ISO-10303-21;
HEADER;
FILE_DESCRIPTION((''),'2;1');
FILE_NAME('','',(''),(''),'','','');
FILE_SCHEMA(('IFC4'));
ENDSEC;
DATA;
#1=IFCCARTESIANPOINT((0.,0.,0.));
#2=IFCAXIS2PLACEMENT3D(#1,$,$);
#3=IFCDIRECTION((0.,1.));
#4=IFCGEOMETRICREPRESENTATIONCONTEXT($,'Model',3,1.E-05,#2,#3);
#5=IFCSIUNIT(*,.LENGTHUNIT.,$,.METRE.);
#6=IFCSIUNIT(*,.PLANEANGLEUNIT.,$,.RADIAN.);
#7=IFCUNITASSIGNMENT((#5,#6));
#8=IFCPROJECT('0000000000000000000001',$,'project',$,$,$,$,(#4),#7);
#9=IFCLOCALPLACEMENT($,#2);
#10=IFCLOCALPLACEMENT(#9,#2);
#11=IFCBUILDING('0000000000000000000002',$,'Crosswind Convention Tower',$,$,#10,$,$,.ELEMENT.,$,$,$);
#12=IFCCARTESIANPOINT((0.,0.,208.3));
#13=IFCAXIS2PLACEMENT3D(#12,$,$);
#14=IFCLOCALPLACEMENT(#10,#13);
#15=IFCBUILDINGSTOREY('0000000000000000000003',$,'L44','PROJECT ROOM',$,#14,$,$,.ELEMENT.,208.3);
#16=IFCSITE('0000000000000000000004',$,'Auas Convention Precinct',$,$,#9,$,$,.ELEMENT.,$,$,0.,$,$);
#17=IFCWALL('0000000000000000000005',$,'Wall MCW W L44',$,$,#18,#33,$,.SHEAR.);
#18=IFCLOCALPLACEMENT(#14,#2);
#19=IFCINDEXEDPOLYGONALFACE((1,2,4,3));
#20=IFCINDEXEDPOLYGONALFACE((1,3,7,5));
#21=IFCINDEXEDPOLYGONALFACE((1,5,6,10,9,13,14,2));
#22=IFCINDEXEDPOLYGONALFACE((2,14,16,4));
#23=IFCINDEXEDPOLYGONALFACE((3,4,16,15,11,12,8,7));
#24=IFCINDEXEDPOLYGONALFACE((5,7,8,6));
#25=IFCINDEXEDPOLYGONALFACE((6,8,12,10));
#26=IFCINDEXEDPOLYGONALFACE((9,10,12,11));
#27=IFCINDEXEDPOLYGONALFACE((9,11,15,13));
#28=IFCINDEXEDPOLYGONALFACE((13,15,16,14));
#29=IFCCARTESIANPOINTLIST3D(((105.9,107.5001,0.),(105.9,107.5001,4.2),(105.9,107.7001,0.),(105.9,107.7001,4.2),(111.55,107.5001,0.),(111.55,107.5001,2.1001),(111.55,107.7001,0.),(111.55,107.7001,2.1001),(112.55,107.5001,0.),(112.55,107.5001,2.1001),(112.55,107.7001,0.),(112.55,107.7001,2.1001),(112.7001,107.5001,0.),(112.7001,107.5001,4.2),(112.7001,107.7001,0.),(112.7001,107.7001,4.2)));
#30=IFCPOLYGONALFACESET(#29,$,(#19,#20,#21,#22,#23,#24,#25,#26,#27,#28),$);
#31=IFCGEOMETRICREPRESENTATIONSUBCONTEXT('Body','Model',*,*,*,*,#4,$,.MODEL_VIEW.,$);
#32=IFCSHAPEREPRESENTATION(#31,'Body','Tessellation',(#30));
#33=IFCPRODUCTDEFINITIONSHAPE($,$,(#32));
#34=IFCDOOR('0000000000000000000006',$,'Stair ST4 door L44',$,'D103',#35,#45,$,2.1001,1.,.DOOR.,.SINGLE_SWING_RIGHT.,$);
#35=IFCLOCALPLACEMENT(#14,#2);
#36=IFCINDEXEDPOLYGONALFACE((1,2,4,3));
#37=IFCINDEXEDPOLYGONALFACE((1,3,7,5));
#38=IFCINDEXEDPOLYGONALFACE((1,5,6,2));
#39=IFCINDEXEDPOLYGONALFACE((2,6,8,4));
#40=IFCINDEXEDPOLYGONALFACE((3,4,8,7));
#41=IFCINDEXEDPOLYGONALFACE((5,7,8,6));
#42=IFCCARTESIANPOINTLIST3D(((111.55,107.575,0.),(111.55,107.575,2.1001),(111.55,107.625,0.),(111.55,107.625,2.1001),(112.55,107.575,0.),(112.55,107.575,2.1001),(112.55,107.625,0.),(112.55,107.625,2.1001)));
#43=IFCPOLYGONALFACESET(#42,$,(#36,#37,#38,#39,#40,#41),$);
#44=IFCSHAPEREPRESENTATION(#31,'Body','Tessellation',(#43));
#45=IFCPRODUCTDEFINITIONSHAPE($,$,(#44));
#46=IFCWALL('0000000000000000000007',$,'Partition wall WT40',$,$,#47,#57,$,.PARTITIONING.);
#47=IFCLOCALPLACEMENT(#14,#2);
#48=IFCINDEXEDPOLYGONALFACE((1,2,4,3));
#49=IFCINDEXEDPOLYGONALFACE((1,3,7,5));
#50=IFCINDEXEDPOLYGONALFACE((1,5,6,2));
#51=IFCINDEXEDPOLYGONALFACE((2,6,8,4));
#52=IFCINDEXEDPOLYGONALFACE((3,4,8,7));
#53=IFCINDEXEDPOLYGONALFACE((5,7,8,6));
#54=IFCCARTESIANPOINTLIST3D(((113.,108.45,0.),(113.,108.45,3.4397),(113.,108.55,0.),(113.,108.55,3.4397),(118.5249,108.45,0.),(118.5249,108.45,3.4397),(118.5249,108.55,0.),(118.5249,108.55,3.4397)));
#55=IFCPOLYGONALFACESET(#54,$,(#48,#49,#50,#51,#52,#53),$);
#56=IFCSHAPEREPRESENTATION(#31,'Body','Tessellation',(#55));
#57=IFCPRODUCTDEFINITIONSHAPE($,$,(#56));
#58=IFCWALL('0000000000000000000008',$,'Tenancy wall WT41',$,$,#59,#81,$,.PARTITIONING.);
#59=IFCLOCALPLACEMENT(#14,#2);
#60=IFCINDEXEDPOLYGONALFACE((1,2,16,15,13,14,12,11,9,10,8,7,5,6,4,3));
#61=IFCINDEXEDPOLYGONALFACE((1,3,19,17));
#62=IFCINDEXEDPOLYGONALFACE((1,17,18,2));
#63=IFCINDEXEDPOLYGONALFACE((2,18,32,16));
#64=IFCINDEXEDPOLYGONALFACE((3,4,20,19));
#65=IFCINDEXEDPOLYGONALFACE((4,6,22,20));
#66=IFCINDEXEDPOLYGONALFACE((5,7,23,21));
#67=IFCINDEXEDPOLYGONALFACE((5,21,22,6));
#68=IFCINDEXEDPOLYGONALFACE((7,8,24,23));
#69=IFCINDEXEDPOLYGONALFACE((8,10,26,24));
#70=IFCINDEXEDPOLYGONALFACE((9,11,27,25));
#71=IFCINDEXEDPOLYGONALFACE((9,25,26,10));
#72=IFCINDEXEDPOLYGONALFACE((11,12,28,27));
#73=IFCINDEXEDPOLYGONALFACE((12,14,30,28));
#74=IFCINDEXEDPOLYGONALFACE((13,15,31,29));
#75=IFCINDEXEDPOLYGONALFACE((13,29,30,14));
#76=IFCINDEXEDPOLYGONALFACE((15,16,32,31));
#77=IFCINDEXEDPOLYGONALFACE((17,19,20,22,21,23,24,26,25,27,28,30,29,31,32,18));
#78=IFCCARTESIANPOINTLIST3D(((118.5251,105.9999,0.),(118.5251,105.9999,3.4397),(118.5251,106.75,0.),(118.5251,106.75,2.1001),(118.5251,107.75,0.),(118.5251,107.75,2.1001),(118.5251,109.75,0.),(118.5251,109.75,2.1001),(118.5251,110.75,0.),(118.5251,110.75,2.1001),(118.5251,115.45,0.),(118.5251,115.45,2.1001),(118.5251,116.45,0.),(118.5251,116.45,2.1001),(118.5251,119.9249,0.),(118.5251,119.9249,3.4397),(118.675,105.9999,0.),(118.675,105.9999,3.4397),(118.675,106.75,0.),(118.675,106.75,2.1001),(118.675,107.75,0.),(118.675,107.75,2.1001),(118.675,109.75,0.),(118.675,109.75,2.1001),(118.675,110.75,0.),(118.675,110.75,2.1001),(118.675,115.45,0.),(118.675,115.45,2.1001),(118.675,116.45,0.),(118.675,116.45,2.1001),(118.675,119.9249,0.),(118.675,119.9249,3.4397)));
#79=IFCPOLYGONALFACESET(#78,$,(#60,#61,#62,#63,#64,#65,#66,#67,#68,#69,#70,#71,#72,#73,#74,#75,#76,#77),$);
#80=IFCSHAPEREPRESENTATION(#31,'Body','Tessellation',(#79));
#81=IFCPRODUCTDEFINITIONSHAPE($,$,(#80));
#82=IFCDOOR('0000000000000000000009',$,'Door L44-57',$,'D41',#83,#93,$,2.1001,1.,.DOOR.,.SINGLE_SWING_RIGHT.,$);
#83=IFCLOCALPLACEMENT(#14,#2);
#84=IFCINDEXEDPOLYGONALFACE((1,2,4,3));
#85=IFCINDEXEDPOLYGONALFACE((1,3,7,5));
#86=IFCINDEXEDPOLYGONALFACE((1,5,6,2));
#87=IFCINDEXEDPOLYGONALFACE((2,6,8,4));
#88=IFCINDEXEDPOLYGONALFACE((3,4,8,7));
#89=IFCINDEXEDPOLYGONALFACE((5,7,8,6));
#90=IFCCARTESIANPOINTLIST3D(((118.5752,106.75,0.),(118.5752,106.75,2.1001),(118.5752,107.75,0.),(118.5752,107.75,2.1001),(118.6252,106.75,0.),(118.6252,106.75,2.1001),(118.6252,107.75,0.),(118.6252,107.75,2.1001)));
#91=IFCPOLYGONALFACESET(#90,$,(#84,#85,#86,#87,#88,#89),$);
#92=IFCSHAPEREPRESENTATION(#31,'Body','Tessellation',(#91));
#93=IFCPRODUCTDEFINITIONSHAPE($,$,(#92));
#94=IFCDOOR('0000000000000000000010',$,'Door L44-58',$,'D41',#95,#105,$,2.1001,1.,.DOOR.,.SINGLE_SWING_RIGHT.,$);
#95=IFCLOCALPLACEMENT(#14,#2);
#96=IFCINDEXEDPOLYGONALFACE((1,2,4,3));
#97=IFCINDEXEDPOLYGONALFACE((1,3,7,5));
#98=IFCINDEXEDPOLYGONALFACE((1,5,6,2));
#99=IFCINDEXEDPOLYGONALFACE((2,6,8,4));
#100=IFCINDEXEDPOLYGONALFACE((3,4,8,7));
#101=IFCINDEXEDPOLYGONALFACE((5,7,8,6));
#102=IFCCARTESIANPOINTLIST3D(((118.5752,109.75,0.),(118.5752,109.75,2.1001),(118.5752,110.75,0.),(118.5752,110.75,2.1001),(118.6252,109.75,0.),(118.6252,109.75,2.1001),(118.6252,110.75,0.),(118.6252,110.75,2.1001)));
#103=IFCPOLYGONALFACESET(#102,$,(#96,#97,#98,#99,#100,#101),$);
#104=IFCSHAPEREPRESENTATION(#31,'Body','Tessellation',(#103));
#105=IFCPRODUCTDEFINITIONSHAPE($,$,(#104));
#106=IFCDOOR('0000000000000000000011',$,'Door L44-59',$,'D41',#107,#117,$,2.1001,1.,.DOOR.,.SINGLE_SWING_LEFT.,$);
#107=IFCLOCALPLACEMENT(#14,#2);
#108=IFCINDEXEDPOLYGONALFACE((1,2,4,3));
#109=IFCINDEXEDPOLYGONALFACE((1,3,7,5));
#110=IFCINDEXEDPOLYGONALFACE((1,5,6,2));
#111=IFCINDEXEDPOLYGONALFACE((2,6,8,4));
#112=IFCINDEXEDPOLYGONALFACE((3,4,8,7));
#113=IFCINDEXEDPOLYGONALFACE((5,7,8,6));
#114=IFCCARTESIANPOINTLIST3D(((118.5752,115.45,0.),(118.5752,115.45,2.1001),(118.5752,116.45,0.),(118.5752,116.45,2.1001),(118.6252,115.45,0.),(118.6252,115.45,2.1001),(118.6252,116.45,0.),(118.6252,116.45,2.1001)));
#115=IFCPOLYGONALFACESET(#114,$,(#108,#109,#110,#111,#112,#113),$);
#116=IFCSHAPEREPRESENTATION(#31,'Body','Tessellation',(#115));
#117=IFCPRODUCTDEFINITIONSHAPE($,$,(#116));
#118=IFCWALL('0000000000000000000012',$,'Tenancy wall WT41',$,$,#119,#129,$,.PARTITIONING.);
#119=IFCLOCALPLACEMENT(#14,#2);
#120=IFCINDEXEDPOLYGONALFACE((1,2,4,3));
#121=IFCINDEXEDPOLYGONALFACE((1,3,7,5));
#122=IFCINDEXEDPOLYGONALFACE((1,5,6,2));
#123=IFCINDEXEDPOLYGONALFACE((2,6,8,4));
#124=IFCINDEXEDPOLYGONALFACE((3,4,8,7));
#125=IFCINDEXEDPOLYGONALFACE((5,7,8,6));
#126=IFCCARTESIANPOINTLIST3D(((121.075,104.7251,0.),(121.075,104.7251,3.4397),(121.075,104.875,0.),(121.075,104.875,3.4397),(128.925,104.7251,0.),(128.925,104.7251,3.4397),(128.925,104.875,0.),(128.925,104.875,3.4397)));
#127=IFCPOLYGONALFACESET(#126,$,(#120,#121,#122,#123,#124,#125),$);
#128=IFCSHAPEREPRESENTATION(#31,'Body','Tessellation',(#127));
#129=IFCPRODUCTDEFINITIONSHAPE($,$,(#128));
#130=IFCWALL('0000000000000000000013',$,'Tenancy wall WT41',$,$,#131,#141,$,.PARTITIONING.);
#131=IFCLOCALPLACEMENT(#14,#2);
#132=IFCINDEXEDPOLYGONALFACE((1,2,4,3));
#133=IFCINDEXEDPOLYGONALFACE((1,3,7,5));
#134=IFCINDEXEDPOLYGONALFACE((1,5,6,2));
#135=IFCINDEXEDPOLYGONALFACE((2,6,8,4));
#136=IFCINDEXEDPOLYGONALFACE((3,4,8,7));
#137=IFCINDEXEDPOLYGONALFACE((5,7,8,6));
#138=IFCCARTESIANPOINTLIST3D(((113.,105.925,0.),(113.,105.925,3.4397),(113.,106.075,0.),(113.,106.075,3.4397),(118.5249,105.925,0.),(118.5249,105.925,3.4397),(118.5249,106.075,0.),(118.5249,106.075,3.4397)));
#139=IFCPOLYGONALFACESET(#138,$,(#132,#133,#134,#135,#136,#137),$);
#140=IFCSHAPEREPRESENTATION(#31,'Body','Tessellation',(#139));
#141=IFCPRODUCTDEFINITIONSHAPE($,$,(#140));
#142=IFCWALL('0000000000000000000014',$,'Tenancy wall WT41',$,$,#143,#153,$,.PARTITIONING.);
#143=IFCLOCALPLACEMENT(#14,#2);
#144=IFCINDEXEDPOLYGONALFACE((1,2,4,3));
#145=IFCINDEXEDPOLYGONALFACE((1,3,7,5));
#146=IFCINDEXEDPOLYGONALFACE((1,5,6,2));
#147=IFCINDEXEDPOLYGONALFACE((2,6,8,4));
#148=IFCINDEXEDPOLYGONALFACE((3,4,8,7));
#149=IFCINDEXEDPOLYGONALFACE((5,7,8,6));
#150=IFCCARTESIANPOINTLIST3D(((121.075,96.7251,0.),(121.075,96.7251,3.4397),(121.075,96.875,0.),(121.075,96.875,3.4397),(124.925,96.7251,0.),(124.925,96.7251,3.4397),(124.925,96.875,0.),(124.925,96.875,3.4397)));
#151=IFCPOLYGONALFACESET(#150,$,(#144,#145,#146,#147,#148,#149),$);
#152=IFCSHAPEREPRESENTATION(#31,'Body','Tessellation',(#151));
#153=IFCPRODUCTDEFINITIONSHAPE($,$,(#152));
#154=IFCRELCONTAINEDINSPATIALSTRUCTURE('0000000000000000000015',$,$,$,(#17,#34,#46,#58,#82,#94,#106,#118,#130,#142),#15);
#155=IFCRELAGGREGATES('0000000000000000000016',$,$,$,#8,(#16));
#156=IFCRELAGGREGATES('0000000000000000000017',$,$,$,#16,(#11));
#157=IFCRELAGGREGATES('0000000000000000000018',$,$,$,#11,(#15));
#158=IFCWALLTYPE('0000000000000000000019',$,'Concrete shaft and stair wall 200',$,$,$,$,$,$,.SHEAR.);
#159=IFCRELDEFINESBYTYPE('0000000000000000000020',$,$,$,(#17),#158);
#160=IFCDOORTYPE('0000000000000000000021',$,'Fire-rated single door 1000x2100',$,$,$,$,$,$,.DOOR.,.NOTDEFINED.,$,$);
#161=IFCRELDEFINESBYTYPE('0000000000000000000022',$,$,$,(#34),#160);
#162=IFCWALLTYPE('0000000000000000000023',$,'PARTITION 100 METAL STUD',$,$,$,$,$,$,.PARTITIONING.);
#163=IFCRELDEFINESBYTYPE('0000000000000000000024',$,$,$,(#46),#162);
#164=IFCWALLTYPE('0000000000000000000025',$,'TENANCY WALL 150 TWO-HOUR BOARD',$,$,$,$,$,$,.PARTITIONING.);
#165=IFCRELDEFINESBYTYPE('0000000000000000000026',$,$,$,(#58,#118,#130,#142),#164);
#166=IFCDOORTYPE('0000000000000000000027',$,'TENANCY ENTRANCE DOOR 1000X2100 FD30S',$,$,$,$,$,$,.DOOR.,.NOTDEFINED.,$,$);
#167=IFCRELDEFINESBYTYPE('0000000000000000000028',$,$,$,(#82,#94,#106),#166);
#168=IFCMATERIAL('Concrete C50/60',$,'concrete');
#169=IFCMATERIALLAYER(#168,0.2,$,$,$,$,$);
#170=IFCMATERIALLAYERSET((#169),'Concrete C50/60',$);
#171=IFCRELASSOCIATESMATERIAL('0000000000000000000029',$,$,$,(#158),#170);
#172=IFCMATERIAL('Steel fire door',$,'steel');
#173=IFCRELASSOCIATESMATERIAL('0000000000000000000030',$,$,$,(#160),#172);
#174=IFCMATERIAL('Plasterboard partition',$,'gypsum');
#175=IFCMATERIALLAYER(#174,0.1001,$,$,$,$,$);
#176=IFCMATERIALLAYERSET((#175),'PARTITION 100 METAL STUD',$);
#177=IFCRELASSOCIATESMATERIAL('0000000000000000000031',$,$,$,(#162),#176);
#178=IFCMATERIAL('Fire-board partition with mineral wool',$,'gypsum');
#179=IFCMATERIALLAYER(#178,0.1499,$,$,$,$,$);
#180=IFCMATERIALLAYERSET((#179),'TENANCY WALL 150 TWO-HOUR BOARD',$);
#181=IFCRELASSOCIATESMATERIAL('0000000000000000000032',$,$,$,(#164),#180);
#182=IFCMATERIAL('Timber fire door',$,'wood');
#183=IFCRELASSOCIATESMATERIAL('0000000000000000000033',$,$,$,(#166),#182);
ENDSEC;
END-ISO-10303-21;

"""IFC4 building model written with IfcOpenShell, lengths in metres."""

from ifc_helpers import new_model, si_unit, direction, frame, frame_2d, origin, place, context, subcontext, project, spatial, rectangle, extrude, material, layer, layer_set, type_object, element, fill, save


model = new_model("IFC4")

# Units and contexts
model_context = context("Model", 3, precision=1e-05, world=origin(), true_north=direction((0.0, 1.0)))
body_context = subcontext(model_context, "Body", "Model", "MODEL_VIEW")
ifc_project = project(units=[si_unit("LENGTHUNIT", "METRE"), si_unit("PLANEANGLEUNIT", "RADIAN")], contexts=[model_context])

# Site, building, storey
site_placement = place(None, origin())
site = spatial("IfcSite", under=ifc_project, at=site_placement, Name="Auas Convention Precinct", CompositionType="ELEMENT", RefElevation=0.0)
building_placement = place(site_placement, origin())
building = spatial("IfcBuilding", under=site, at=building_placement, Name="Crosswind Convention Tower", CompositionType="ELEMENT")
storey_placement = place(building_placement, frame((0.0, 0.0, 208.3)))
storey = spatial("IfcBuildingStorey", under=building, at=storey_placement, Name="L44", Description="PROJECT ROOM", CompositionType="ELEMENT", Elevation=208.3)

# Shared definitions
ifc_material_1 = material(Name="Concrete C50/60", Category="concrete")

# Shared definitions
ifc_layer_1 = layer(ifc_material_1, 0.2)
ifc_layer_set_1 = layer_set([ifc_layer_1], Name="Concrete C50/60")
wall_type_1 = type_object("IfcWallType", Name="Concrete shaft and stair wall 200", PredefinedType="SHEAR", material=ifc_layer_set_1)

# Wall, opening, door
ifc_material_2 = material(Name="Steel fire door", Category="steel")
wall_1_placement = place(storey_placement, frame((112.7, 107.6001, 0.0), z_axis=(0.0, 0.0, 1.0), x_axis=(-1.0, 0.0, 0.0)))
wall_1 = element("IfcWall", 1, at=wall_1_placement, inside=storey, type_object=wall_type_1, Name="Wall MCW W L44", PredefinedType="SHEAR", context=body_context, shape_type="SweptSolid", body=[
    extrude(rectangle(XDim=6.8, YDim=0.2, at=frame_2d((3.3999, 0.0))), origin(), (0.0, 0.0, 1.0), 4.2),
])
opening_1_placement = place(wall_1_placement, frame((0.1499, 0.0, 0.0)))
opening_1 = element("IfcOpeningElement", 2, at=opening_1_placement, cuts=wall_1, PredefinedType="OPENING", context=body_context, shape_type="SweptSolid", body=[
    extrude(rectangle(XDim=1.0, YDim=2.1001, at=frame_2d((0.5, 1.05))), frame((0.0, 0.1099, 0.0), z_axis=(0.0, -1.0, 0.0), x_axis=(1.0, 0.0, 0.0)), (0.0, 0.0, 1.0), 0.22),
])
door_type_1 = type_object("IfcDoorType", Name="Fire-rated single door 1000x2100", OperationType="NOTDEFINED", PredefinedType="DOOR", material=ifc_material_2)
door_1_placement = place(opening_1_placement, frame((1.0, 0.0, 0.0), z_axis=(0.0, 0.0, 1.0), x_axis=(-1.0, 0.0, 0.0)))
door_1 = element("IfcDoor", 3, at=door_1_placement, inside=storey, type_object=door_type_1, Name="Stair ST4 door L44", ObjectType="D103", OperationType="SINGLE_SWING_RIGHT", OverallHeight=2.1001, OverallWidth=1.0, PredefinedType="DOOR", context=body_context, shape_type="SweptSolid", body=[
    extrude(rectangle(XDim=1.0, YDim=2.1001, at=frame_2d((0.5, 1.05))), frame((0.0, 0.0249, 0.0), z_axis=(0.0, -1.0, 0.0), x_axis=(1.0, 0.0, 0.0)), (0.0, 0.0, 1.0), 0.05),
])
fill(opening_1, door_1)

# Wall
ifc_material_3 = material(Name="Plasterboard partition", Category="gypsum")
ifc_layer_2 = layer(ifc_material_3, 0.1001)
ifc_layer_set_2 = layer_set([ifc_layer_2], Name="PARTITION 100 METAL STUD")
wall_type_2 = type_object("IfcWallType", Name="PARTITION 100 METAL STUD", PredefinedType="PARTITIONING", material=ifc_layer_set_2)
wall_2_placement = place(storey_placement, frame((113.0, 108.5, 0.0), z_axis=(0.0, 0.0, 1.0), x_axis=(1.0, 0.0, 0.0)))
element("IfcWall", 4, at=wall_2_placement, inside=storey, type_object=wall_type_2, Name="Partition wall WT40", PredefinedType="PARTITIONING", context=body_context, shape_type="SweptSolid", body=[
    extrude(rectangle(XDim=5.5249, YDim=0.1001, at=frame_2d((2.7625, 0.0))), origin(), (0.0, 0.0, 1.0), 3.4397),
])

# Wall, openings, doors
ifc_material_4 = material(Name="Fire-board partition with mineral wool", Category="gypsum")
ifc_layer_3 = layer(ifc_material_4, 0.1499)
ifc_layer_set_3 = layer_set([ifc_layer_3], Name="TENANCY WALL 150 TWO-HOUR BOARD")
wall_type_3 = type_object("IfcWallType", Name="TENANCY WALL 150 TWO-HOUR BOARD", PredefinedType="PARTITIONING", material=ifc_layer_set_3)
wall_3_placement = place(storey_placement, frame((118.6001, 106.0, 0.0), z_axis=(0.0, 0.0, 1.0), x_axis=(0.0, 1.0, 0.0)))
wall_3 = element("IfcWall", 5, at=wall_3_placement, inside=storey, type_object=wall_type_3, Name="Tenancy wall WT41", PredefinedType="PARTITIONING", context=body_context, shape_type="SweptSolid", body=[
    extrude(rectangle(XDim=13.925, YDim=0.1499, at=frame_2d((6.9624, 0.0))), origin(), (0.0, 0.0, 1.0), 3.4397),
])
opening_2_placement = place(wall_3_placement, frame((0.75, 0.0, 0.0)))
opening_2 = element("IfcOpeningElement", 6, at=opening_2_placement, cuts=wall_3, PredefinedType="OPENING", context=body_context, shape_type="SweptSolid", body=[
    extrude(rectangle(XDim=1.0, YDim=2.1001, at=frame_2d((0.5, 1.05))), frame((0.0, 0.085, 0.0), z_axis=(0.0, -1.0, 0.0), x_axis=(1.0, 0.0, 0.0)), (0.0, 0.0, 1.0), 0.1699),
])
opening_3_placement = place(wall_3_placement, frame((3.75, 0.0, 0.0)))
opening_3 = element("IfcOpeningElement", 7, at=opening_3_placement, cuts=wall_3, PredefinedType="OPENING", context=body_context, shape_type="SweptSolid", body=[
    extrude(rectangle(XDim=1.0, YDim=2.1001, at=frame_2d((0.5, 1.05))), frame((0.0, 0.085, 0.0), z_axis=(0.0, -1.0, 0.0), x_axis=(1.0, 0.0, 0.0)), (0.0, 0.0, 1.0), 0.1699),
])
opening_4_placement = place(wall_3_placement, frame((9.45, 0.0, 0.0)))
opening_4 = element("IfcOpeningElement", 8, at=opening_4_placement, cuts=wall_3, PredefinedType="OPENING", context=body_context, shape_type="SweptSolid", body=[
    extrude(rectangle(XDim=1.0, YDim=2.1001, at=frame_2d((0.5, 1.05))), frame((0.0, 0.085, 0.0), z_axis=(0.0, -1.0, 0.0), x_axis=(1.0, 0.0, 0.0)), (0.0, 0.0, 1.0), 0.1699),
])
ifc_material_5 = material(Name="Timber fire door", Category="wood")
door_type_2 = type_object("IfcDoorType", Name="TENANCY ENTRANCE DOOR 1000X2100 FD30S", OperationType="NOTDEFINED", PredefinedType="DOOR", material=ifc_material_5)
door_2_placement = place(opening_2_placement, origin())
door_2 = element("IfcDoor", 9, at=door_2_placement, inside=storey, type_object=door_type_2, Name="Door L44-57", ObjectType="D41", OperationType="SINGLE_SWING_RIGHT", OverallHeight=2.1001, OverallWidth=1.0, PredefinedType="DOOR", context=body_context, shape_type="SweptSolid", body=[
    extrude(rectangle(XDim=1.0, YDim=2.1001, at=frame_2d((0.5, 1.05))), frame((0.0, 0.0249, 0.0), z_axis=(0.0, -1.0, 0.0), x_axis=(1.0, 0.0, 0.0)), (0.0, 0.0, 1.0), 0.05),
])
fill(opening_2, door_2)
door_3_placement = place(opening_3_placement, origin())
door_3 = element("IfcDoor", 10, at=door_3_placement, inside=storey, type_object=door_type_2, Name="Door L44-58", ObjectType="D41", OperationType="SINGLE_SWING_RIGHT", OverallHeight=2.1001, OverallWidth=1.0, PredefinedType="DOOR", context=body_context, shape_type="SweptSolid", body=[
    extrude(rectangle(XDim=1.0, YDim=2.1001, at=frame_2d((0.5, 1.05))), frame((0.0, 0.0249, 0.0), z_axis=(0.0, -1.0, 0.0), x_axis=(1.0, 0.0, 0.0)), (0.0, 0.0, 1.0), 0.05),
])
fill(opening_3, door_3)
door_4_placement = place(opening_4_placement, origin())
door_4 = element("IfcDoor", 11, at=door_4_placement, inside=storey, type_object=door_type_2, Name="Door L44-59", ObjectType="D41", OperationType="SINGLE_SWING_LEFT", OverallHeight=2.1001, OverallWidth=1.0, PredefinedType="DOOR", context=body_context, shape_type="SweptSolid", body=[
    extrude(rectangle(XDim=1.0, YDim=2.1001, at=frame_2d((0.5, 1.05))), frame((0.0, 0.0249, 0.0), z_axis=(0.0, -1.0, 0.0), x_axis=(1.0, 0.0, 0.0)), (0.0, 0.0, 1.0), 0.05),
])
fill(opening_4, door_4)

# Walls
wall_4_placement = place(storey_placement, frame((121.075, 104.8, 0.0), z_axis=(0.0, 0.0, 1.0), x_axis=(1.0, 0.0, 0.0)))
element("IfcWall", 12, at=wall_4_placement, inside=storey, type_object=wall_type_3, Name="Tenancy wall WT41", PredefinedType="PARTITIONING", context=body_context, shape_type="SweptSolid", body=[
    extrude(rectangle(XDim=7.8501, YDim=0.1499, at=frame_2d((3.925, 0.0))), origin(), (0.0, 0.0, 1.0), 3.4397),
])
wall_5_placement = place(storey_placement, frame((113.0, 106.0, 0.0), z_axis=(0.0, 0.0, 1.0), x_axis=(1.0, 0.0, 0.0)))
element("IfcWall", 13, at=wall_5_placement, inside=storey, type_object=wall_type_3, Name="Tenancy wall WT41", PredefinedType="PARTITIONING", context=body_context, shape_type="SweptSolid", body=[
    extrude(rectangle(XDim=5.5249, YDim=0.1499, at=frame_2d((2.7625, 0.0))), origin(), (0.0, 0.0, 1.0), 3.4397),
])
wall_6_placement = place(storey_placement, frame((121.075, 96.8, 0.0), z_axis=(0.0, 0.0, 1.0), x_axis=(1.0, 0.0, 0.0)))
element("IfcWall", 14, at=wall_6_placement, inside=storey, type_object=wall_type_3, Name="Tenancy wall WT41", PredefinedType="PARTITIONING", context=body_context, shape_type="SweptSolid", body=[
    extrude(rectangle(XDim=3.8501, YDim=0.1499, at=frame_2d((1.925, 0.0))), origin(), (0.0, 0.0, 1.0), 3.4397),
])

save(model, "model.ifc")
